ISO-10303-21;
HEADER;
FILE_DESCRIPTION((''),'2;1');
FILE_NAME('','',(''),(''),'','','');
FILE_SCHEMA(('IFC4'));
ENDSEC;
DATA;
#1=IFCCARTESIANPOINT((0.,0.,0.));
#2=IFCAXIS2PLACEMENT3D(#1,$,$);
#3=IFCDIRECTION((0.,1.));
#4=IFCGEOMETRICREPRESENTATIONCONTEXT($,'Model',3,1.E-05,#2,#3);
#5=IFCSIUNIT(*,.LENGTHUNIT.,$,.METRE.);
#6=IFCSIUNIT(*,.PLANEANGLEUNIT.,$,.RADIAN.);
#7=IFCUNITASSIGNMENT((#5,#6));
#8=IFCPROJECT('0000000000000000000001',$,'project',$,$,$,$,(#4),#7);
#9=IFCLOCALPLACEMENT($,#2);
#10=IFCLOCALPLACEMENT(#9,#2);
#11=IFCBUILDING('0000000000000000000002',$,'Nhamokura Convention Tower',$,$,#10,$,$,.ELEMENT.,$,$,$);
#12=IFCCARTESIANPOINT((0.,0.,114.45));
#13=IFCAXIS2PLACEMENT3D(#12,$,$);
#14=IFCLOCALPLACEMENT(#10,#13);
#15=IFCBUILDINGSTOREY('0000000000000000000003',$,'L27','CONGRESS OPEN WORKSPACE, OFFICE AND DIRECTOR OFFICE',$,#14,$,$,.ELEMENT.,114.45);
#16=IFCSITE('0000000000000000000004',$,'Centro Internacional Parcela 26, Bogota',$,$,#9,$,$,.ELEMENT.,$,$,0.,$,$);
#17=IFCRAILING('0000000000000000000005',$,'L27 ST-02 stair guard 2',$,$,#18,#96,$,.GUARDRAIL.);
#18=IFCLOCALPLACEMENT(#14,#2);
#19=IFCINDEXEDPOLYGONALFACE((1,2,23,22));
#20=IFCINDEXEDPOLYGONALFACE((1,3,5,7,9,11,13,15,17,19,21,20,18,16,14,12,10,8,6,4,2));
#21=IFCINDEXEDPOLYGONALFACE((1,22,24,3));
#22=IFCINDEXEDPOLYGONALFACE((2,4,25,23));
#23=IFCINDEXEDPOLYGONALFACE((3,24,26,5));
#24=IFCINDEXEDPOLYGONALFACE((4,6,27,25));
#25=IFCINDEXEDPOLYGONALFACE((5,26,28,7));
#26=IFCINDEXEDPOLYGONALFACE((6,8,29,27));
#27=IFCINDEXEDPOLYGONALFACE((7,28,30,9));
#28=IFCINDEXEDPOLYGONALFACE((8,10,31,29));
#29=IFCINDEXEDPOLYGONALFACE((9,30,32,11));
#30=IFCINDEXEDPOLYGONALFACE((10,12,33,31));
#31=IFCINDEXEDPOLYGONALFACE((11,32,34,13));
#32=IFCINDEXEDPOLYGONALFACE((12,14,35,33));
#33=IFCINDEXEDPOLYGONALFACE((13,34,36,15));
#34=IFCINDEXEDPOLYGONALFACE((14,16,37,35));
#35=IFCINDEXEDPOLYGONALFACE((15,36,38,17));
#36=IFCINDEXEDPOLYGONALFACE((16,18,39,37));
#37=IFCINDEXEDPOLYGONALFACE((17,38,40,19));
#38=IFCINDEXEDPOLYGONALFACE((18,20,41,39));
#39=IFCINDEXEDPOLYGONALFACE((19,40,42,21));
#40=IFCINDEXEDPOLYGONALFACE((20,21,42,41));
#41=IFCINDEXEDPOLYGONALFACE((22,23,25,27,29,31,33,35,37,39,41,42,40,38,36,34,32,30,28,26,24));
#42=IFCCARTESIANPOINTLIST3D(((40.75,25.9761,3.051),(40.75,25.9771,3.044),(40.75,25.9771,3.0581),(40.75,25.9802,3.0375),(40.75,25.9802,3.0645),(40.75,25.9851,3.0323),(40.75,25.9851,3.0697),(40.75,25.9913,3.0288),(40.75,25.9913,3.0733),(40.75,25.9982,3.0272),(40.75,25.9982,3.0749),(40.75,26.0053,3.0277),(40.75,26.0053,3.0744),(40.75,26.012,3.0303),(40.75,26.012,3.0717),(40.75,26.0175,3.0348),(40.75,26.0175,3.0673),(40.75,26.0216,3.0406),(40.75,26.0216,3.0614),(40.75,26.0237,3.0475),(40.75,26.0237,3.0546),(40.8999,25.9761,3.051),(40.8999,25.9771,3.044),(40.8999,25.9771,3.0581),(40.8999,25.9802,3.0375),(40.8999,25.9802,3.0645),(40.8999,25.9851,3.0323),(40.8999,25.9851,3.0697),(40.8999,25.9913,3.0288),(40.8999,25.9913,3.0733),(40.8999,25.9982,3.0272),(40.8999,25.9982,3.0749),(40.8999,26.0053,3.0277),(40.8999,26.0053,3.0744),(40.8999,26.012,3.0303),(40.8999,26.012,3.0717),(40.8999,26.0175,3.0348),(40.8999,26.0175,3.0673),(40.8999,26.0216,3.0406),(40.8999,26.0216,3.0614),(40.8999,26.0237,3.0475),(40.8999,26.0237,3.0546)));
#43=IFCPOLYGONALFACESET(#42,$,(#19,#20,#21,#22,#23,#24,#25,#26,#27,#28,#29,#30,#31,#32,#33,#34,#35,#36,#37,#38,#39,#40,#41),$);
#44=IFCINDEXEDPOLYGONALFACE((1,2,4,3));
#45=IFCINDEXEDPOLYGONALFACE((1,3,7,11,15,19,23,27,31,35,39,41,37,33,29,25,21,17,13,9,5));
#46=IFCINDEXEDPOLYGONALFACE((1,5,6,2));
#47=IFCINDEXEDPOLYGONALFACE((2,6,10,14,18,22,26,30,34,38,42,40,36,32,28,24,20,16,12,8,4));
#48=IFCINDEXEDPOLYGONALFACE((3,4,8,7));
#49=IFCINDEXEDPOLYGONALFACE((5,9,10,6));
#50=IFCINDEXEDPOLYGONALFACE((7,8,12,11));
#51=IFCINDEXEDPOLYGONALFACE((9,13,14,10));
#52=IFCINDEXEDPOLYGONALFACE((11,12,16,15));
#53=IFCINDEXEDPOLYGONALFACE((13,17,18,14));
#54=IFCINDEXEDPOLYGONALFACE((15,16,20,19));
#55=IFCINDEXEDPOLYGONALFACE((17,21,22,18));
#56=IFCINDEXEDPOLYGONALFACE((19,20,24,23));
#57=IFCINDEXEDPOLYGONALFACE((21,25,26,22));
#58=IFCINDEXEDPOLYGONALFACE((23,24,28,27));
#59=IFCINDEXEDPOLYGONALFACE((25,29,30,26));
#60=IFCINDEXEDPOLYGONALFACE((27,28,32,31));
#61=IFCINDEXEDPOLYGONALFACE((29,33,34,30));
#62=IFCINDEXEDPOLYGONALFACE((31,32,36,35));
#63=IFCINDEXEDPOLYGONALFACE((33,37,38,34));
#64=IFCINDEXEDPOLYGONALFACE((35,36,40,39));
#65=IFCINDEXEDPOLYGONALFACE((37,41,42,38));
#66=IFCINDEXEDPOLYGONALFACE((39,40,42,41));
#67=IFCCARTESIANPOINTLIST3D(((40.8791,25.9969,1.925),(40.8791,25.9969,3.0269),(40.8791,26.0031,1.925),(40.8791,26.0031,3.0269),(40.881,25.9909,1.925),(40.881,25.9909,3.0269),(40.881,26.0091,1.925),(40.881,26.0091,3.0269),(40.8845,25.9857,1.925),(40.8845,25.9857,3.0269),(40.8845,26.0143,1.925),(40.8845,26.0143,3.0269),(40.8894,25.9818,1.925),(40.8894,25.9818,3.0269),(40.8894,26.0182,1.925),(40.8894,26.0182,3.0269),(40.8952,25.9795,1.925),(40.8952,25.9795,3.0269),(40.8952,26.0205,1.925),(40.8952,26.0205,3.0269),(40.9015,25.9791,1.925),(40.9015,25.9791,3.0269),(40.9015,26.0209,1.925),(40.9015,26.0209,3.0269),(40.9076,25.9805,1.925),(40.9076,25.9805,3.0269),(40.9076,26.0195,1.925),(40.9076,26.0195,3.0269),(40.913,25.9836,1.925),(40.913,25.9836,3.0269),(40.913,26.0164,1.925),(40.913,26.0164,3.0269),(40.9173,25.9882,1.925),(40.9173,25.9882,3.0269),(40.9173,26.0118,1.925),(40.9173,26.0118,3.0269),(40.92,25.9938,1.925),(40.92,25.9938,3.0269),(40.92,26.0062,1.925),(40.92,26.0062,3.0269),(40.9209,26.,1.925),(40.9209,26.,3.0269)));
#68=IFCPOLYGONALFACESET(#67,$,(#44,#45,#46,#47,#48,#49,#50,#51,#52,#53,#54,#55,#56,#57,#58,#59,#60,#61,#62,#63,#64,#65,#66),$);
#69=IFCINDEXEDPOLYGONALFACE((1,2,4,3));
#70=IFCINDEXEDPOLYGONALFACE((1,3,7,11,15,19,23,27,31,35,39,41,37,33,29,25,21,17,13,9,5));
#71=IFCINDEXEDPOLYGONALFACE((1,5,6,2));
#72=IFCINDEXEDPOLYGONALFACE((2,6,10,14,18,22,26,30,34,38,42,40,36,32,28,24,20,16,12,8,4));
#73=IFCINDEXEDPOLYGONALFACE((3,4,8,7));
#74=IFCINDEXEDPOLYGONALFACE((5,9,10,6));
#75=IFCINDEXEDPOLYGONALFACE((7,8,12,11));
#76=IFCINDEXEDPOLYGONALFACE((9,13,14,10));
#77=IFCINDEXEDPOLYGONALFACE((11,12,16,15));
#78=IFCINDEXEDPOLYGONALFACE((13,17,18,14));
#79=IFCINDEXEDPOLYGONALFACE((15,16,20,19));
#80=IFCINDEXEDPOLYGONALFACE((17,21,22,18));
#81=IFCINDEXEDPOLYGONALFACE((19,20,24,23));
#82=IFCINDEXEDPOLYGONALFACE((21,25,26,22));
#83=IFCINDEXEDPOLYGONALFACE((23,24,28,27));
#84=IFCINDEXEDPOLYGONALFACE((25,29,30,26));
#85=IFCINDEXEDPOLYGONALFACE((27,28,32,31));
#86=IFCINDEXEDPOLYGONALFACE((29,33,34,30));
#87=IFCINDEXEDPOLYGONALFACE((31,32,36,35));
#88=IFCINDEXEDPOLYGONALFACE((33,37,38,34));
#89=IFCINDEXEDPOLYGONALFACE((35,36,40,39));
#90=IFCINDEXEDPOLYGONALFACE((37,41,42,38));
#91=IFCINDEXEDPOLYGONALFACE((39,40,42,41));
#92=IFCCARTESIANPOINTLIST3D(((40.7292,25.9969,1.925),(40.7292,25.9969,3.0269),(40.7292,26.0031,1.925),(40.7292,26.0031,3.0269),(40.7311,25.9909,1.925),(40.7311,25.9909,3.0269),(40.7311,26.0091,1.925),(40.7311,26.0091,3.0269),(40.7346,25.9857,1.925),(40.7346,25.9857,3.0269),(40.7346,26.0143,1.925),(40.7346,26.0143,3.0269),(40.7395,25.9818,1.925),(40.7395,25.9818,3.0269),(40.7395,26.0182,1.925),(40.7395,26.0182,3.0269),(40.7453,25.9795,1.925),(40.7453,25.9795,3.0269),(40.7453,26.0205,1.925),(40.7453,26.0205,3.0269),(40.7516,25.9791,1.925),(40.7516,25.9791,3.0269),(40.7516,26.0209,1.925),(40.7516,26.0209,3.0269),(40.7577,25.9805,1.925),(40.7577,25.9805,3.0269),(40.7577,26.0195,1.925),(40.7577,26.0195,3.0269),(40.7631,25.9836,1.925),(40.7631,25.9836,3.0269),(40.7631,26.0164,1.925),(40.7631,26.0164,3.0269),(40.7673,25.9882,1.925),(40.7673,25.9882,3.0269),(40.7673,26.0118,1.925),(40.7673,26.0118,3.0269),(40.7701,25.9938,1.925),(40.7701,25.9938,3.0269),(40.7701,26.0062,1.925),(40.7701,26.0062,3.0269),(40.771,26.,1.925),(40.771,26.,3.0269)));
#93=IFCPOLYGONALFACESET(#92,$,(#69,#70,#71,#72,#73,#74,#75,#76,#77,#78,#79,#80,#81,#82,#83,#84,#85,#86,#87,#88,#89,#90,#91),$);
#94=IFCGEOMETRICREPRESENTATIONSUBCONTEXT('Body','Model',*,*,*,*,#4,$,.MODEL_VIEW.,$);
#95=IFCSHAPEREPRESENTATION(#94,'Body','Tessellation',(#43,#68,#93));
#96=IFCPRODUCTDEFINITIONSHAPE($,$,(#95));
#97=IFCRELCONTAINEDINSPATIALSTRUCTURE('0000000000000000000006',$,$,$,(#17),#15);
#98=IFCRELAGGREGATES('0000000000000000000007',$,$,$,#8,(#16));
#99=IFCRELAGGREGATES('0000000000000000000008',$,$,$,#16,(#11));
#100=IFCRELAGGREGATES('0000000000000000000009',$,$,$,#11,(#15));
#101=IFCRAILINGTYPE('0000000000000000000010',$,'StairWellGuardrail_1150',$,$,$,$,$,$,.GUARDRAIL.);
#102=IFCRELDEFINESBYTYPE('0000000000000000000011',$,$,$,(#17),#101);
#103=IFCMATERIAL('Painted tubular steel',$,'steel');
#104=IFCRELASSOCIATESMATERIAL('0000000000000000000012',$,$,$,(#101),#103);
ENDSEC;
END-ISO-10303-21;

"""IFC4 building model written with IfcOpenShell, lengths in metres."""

from ifc_helpers import new_model, si_unit, direction, frame, origin, origin_2d, place, context, subcontext, project, spatial, circle, extrude, material, type_object, element, save


model = new_model("IFC4")

# Units and contexts
model_context = context("Model", 3, precision=1e-05, world=origin(), true_north=direction((0.0, 1.0)))
body_context = subcontext(model_context, "Body", "Model", "MODEL_VIEW")
ifc_project = project(units=[si_unit("LENGTHUNIT", "METRE"), si_unit("PLANEANGLEUNIT", "RADIAN")], contexts=[model_context])

# Site, building, storey
site_placement = place(None, origin())
site = spatial("IfcSite", under=ifc_project, at=site_placement, Name="Centro Internacional Parcela 26, Bogota", CompositionType="ELEMENT", RefElevation=0.0)
building_placement = place(site_placement, origin())
building = spatial("IfcBuilding", under=site, at=building_placement, Name="Nhamokura Convention Tower", CompositionType="ELEMENT")
storey_placement = place(building_placement, frame((0.0, 0.0, 114.45)))
storey = spatial("IfcBuildingStorey", under=building, at=storey_placement, Name="L27", Description="CONGRESS OPEN WORKSPACE, OFFICE AND DIRECTOR OFFICE", CompositionType="ELEMENT", Elevation=114.45)

# Railing
ifc_material_1 = material(Name="Painted tubular steel", Category="steel")
railing_type_1 = type_object("IfcRailingType", Name="StairWellGuardrail_1150", PredefinedType="GUARDRAIL", material=ifc_material_1)
railing_1_placement = place(storey_placement, frame((40.8999, 26.0, 1.925)))
element("IfcRailing", 1, at=railing_1_placement, inside=storey, type_object=railing_type_1, Name="L27 ST-02 stair guard 2", PredefinedType="GUARDRAIL", context=body_context, shape_type="SweptSolid", body=[
    extrude(circle(Radius=0.0239, at=origin_2d()), frame((0.0, 0.0, 1.126), z_axis=(-1.0, 0.0, 0.0), x_axis=(0.0, -1.0, 0.0)), (0.0, 0.0, 1.0), 0.1499),
    extrude(circle(Radius=0.021, at=origin_2d()), origin(), (0.0, 0.0, 1.0), 1.1018),
    extrude(circle(Radius=0.021, at=origin_2d()), frame((-0.1499, 0.0, 0.0)), (0.0, 0.0, 1.0), 1.1018),
])

save(model, "model.ifc")
